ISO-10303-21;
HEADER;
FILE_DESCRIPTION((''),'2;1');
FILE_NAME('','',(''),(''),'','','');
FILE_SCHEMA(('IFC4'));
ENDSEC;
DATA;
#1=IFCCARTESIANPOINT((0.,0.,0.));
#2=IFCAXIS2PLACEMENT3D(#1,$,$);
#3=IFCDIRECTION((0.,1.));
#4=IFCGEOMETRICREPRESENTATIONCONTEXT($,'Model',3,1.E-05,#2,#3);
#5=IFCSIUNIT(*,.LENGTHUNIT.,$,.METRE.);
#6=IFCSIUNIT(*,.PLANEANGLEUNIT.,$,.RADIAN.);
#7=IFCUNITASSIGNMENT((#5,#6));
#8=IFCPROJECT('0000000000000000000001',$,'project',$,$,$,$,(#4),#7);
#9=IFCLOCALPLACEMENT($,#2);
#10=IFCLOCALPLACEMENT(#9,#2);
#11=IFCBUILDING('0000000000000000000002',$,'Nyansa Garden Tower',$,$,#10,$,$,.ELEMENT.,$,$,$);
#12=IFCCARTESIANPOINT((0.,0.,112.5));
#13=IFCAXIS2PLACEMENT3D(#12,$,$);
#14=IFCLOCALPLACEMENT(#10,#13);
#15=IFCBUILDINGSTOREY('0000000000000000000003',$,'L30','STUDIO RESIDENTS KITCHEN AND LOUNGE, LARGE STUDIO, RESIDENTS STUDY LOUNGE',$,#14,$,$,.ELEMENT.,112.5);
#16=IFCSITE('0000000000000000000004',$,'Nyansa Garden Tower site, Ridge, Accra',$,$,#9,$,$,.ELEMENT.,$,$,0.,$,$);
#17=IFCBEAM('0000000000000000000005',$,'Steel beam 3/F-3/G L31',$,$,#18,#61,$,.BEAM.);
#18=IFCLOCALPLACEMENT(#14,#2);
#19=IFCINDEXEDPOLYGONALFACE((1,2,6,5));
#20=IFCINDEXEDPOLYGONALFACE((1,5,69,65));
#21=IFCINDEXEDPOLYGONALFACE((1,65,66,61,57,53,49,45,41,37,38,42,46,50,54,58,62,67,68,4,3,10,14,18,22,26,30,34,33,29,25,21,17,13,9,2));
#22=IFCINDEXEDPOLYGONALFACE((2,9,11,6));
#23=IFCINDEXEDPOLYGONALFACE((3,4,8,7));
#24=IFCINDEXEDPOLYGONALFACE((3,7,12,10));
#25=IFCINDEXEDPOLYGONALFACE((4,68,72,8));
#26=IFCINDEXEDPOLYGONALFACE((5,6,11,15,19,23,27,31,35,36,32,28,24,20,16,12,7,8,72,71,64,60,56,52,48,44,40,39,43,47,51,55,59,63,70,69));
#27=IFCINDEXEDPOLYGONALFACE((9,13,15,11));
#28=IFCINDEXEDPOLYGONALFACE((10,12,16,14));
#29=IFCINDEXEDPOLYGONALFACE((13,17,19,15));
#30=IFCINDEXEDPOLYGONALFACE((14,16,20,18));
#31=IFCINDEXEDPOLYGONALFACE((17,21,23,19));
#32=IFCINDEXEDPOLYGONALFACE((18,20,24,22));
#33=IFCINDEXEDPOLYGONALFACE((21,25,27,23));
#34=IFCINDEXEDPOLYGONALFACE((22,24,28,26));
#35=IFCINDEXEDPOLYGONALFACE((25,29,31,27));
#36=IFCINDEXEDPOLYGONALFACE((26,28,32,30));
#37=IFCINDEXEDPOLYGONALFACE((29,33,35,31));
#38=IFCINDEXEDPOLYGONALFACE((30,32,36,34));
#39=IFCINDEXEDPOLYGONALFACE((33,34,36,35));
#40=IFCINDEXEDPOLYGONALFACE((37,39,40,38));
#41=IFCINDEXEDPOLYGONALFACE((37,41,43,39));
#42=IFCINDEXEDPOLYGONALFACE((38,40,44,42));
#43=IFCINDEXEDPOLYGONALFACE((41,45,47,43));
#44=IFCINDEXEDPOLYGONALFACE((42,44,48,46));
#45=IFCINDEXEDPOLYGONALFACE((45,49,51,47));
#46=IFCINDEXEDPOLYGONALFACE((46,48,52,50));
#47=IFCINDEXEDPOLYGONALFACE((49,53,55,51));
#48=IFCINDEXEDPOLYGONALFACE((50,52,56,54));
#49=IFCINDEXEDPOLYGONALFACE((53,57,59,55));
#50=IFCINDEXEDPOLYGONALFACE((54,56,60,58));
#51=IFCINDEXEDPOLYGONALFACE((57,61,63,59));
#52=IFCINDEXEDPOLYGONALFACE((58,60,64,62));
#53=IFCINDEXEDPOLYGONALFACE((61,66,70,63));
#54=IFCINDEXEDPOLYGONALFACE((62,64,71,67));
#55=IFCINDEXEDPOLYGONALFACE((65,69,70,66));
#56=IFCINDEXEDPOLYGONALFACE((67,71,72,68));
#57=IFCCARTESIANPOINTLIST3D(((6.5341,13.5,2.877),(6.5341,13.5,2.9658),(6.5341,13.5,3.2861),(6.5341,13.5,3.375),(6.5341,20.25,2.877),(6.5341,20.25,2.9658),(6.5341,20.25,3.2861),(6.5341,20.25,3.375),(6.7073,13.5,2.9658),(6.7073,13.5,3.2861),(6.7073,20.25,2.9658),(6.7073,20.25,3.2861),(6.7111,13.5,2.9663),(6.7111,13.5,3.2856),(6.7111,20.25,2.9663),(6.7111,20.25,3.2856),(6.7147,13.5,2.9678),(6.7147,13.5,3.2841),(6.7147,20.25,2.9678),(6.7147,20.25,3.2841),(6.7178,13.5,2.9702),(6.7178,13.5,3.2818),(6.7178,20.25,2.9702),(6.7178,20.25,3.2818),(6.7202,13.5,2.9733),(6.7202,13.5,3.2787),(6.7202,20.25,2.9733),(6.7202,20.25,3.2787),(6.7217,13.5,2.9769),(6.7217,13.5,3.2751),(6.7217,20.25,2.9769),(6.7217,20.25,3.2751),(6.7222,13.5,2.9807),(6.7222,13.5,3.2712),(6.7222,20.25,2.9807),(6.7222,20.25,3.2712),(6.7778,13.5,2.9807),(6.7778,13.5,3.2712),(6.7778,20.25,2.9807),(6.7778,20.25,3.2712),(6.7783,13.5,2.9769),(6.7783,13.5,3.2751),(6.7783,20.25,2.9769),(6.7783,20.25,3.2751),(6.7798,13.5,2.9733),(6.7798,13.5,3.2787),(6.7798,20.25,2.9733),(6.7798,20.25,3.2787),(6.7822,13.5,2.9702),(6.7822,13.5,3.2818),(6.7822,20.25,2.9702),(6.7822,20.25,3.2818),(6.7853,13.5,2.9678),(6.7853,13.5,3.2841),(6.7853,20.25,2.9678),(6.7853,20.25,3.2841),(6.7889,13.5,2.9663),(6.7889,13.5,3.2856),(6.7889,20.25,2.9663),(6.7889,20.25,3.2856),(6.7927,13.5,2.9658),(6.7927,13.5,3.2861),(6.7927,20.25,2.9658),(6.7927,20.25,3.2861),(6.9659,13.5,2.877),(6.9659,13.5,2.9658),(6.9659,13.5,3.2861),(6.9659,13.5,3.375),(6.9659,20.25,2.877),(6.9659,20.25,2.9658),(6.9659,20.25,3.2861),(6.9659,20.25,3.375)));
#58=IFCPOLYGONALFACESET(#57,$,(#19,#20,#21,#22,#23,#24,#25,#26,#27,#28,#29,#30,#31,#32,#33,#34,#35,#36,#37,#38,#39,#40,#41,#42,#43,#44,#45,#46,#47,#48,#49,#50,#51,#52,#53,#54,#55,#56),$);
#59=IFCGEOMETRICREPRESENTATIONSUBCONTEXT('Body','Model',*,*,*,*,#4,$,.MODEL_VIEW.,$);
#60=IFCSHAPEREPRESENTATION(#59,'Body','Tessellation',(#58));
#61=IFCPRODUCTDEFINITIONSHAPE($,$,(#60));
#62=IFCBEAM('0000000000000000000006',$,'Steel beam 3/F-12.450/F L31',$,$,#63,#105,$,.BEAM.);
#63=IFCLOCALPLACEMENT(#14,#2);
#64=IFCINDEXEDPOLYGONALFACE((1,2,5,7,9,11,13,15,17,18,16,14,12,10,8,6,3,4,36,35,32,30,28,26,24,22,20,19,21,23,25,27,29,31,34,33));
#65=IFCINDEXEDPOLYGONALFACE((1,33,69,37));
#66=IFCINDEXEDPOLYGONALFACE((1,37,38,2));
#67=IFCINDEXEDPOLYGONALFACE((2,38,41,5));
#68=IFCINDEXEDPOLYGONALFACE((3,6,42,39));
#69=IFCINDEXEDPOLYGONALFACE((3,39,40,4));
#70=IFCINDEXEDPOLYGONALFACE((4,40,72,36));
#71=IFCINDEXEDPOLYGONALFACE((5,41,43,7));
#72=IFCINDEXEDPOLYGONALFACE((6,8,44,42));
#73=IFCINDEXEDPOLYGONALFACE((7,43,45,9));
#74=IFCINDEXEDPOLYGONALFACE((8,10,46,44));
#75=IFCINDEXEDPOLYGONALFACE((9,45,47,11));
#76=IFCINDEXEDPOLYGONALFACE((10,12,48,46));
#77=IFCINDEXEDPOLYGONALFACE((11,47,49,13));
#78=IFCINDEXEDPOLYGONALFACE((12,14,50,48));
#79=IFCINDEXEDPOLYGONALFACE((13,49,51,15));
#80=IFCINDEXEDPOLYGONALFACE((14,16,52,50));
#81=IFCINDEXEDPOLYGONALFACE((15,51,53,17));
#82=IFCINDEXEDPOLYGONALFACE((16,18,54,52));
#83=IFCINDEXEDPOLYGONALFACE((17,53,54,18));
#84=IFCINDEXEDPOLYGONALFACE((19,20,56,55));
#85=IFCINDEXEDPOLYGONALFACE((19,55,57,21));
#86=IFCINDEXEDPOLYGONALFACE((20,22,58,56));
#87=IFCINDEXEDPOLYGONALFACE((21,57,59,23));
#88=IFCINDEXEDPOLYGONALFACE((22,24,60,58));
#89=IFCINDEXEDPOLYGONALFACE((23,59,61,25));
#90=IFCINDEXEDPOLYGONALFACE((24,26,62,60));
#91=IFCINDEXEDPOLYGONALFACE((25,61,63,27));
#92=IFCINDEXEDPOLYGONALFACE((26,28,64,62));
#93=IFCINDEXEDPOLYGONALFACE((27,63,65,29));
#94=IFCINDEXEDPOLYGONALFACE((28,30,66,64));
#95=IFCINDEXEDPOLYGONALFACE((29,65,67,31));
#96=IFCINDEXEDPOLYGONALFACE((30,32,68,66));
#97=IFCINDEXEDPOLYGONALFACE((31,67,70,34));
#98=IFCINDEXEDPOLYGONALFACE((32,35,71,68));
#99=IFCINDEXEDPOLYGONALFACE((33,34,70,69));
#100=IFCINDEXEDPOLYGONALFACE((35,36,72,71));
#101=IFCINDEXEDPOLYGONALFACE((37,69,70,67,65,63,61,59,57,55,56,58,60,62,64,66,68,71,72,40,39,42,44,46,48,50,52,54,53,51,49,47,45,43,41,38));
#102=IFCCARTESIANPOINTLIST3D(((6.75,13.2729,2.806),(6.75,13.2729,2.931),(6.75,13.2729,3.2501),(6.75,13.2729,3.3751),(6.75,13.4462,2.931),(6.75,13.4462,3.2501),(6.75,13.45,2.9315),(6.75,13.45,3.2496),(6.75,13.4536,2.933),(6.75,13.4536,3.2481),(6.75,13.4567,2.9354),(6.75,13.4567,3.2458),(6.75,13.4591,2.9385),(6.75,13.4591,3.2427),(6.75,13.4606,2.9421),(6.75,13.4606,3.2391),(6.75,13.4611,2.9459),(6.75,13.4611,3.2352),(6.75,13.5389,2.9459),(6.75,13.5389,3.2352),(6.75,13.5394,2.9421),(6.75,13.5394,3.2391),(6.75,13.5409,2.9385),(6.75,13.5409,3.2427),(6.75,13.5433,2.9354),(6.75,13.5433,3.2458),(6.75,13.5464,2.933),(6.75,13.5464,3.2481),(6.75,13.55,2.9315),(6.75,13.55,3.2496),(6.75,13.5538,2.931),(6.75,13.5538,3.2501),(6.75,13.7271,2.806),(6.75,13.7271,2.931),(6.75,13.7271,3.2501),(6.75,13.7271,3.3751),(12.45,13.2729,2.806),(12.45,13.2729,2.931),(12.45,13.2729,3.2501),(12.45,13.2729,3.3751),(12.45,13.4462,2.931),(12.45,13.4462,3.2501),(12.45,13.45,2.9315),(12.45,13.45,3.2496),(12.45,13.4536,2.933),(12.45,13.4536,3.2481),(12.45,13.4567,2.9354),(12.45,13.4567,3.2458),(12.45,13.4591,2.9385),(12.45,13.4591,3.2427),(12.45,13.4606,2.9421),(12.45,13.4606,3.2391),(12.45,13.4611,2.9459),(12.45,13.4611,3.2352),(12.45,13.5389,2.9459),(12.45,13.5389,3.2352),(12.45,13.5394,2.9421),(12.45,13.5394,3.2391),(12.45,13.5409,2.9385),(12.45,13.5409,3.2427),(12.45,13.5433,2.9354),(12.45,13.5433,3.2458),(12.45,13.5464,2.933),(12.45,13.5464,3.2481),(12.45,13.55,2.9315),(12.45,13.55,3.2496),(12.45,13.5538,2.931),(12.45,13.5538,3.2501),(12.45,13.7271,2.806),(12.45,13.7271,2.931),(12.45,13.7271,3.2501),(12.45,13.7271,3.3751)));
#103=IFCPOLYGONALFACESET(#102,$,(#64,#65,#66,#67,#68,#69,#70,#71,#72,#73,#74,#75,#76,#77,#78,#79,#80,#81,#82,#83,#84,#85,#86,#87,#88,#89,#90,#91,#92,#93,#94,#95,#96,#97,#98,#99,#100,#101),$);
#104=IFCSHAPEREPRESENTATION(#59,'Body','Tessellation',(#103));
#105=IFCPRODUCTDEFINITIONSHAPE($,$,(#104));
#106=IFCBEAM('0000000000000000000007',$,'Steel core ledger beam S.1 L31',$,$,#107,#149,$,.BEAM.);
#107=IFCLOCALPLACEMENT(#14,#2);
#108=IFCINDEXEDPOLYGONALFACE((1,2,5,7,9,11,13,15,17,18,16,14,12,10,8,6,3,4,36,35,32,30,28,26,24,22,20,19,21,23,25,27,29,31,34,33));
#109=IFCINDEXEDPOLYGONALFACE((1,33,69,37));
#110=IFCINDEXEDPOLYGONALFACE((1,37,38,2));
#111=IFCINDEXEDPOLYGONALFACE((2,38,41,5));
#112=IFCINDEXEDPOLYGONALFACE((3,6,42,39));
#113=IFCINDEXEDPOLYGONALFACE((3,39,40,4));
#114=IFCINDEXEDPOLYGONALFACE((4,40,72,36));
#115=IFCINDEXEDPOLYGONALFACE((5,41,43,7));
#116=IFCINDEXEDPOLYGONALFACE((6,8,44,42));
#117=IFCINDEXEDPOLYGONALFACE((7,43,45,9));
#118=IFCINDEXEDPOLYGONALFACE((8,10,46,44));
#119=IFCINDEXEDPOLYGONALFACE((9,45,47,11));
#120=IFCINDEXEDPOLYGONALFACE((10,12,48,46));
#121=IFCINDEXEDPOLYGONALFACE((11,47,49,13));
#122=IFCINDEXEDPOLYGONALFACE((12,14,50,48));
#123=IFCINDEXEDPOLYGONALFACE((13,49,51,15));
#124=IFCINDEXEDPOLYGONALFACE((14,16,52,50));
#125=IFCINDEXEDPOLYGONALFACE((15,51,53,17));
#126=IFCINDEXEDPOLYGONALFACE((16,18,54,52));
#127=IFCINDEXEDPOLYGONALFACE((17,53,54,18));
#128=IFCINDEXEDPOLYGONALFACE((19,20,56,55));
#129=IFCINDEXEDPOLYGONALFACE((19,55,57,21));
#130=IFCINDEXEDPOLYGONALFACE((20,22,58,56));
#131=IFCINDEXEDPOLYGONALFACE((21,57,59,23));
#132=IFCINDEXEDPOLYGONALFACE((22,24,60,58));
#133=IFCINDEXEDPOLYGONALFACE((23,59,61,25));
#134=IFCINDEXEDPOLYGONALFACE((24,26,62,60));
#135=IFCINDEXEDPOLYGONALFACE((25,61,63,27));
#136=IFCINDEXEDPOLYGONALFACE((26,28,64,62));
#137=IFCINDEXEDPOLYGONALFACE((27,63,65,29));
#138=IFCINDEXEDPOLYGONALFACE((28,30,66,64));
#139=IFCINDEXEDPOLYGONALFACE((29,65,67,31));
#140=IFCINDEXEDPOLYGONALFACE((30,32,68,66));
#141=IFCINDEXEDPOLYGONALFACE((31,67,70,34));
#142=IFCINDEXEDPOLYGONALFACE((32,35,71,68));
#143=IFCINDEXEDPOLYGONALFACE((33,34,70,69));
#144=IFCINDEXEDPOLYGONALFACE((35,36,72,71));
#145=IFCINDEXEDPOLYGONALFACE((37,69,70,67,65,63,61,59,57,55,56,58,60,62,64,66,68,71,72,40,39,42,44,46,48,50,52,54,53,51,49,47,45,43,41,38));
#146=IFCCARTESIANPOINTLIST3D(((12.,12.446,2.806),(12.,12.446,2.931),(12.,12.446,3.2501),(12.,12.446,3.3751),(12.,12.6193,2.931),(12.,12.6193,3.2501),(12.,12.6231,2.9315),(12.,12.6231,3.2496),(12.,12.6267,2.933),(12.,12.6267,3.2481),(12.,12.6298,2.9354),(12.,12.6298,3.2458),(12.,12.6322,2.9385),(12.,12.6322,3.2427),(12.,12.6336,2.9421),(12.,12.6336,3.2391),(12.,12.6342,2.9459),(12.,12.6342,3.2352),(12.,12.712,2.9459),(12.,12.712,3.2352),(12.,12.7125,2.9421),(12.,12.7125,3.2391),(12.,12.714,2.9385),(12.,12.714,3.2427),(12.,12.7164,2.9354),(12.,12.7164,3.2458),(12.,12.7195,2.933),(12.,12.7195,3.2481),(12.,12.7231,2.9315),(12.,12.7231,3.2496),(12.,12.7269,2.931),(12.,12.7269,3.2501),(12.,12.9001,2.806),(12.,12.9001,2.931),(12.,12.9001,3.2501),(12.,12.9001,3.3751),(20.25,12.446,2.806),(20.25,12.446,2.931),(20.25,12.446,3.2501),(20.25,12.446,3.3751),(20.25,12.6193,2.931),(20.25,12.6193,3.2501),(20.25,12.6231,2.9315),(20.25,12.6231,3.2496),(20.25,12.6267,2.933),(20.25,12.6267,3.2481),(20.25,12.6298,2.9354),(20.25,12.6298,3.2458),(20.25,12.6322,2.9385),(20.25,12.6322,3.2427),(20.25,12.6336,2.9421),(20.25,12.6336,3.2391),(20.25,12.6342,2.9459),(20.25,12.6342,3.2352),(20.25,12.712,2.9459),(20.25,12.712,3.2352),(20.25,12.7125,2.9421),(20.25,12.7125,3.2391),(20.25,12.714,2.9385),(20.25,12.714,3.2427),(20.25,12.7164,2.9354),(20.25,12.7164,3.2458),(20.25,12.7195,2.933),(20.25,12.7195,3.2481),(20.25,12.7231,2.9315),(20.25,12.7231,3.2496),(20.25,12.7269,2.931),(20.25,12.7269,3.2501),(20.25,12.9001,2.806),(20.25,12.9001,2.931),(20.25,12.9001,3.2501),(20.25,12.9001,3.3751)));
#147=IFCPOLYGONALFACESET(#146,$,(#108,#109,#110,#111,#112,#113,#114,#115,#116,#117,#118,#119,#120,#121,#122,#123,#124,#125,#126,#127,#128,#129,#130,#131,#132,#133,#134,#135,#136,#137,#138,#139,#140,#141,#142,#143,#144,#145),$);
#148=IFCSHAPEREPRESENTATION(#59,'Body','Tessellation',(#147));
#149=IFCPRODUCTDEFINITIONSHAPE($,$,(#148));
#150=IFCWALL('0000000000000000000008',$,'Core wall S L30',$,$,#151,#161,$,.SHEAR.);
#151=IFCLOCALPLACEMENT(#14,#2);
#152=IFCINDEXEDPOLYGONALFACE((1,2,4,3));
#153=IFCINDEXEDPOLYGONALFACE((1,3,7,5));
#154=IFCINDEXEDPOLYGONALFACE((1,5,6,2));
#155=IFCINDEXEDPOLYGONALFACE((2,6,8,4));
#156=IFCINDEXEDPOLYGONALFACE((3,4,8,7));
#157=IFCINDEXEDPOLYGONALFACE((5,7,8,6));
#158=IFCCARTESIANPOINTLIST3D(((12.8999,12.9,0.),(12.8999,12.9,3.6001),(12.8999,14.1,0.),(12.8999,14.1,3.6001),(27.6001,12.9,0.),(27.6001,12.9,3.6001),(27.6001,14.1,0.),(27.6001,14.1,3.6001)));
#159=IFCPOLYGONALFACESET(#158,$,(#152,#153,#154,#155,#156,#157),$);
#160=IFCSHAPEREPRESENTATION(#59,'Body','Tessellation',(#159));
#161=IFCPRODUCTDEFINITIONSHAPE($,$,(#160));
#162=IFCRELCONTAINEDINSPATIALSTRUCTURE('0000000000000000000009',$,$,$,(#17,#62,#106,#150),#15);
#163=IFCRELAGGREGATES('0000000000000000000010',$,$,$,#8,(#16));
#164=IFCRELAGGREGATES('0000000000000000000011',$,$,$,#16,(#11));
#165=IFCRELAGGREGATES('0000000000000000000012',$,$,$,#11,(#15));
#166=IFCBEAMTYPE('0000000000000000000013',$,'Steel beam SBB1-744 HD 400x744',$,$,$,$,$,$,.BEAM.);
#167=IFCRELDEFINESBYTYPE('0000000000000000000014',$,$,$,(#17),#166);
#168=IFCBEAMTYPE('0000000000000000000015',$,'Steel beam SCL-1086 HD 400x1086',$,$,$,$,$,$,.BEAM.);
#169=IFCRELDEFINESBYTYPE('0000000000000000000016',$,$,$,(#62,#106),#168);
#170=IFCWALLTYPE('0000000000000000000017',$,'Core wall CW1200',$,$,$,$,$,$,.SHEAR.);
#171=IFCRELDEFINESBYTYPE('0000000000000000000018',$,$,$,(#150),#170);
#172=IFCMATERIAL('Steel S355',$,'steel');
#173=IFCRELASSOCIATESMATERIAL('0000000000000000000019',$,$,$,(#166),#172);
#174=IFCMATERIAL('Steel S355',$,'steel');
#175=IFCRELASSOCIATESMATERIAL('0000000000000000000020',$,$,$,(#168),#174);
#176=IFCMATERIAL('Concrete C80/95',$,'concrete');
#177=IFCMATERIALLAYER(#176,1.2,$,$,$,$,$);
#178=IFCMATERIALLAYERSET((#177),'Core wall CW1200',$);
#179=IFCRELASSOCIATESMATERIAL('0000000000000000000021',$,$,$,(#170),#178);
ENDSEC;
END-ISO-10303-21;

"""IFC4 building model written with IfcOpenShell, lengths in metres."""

from ifc_helpers import new_model, si_unit, direction, frame, frame_2d, origin, origin_2d, place, context, subcontext, project, spatial, rectangle, i_section, extrude, material, layer, layer_set, material_profile, profile_set, type_object, element, save


model = new_model("IFC4")

# Units and contexts
model_context = context("Model", 3, precision=1e-05, world=origin(), true_north=direction((0.0, 1.0)))
body_context = subcontext(model_context, "Body", "Model", "MODEL_VIEW")
ifc_project = project(units=[si_unit("LENGTHUNIT", "METRE"), si_unit("PLANEANGLEUNIT", "RADIAN")], contexts=[model_context])

# Site, building, storey
site_placement = place(None, origin())
site = spatial("IfcSite", under=ifc_project, at=site_placement, Name="Nyansa Garden Tower site, Ridge, Accra", CompositionType="ELEMENT", RefElevation=0.0)
building_placement = place(site_placement, origin())
building = spatial("IfcBuilding", under=site, at=building_placement, Name="Nyansa Garden Tower", CompositionType="ELEMENT")
storey_placement = place(building_placement, frame((0.0, 0.0, 112.5)))
storey = spatial("IfcBuildingStorey", under=building, at=storey_placement, Name="L30", Description="STUDIO RESIDENTS KITCHEN AND LOUNGE, LARGE STUDIO, RESIDENTS STUDY LOUNGE", CompositionType="ELEMENT", Elevation=112.5)

# Beams
ifc_material_1 = material(Name="Steel S355", Category="steel")
ifc_material_profile_1 = material_profile(ifc_material_1, i_section(OverallWidth=0.4319, OverallDepth=0.498, WebThickness=0.0557, FlangeThickness=0.0889, FilletRadius=0.0149, at=origin_2d()), Name="HD 400x744")
ifc_profile_set_1 = profile_set([ifc_material_profile_1], Name="Steel S355")
beam_type_1 = type_object("IfcBeamType", Name="Steel beam SBB1-744 HD 400x744", PredefinedType="BEAM", material=ifc_profile_set_1)
beam_1_placement = place(storey_placement, frame((6.75, 13.5, 3.126), z_axis=(0.0, 1.0, 0.0), x_axis=(-1.0, 0.0, 0.0)))
element("IfcBeam", 1, at=beam_1_placement, inside=storey, type_object=beam_type_1, Name="Steel beam 3/F-3/G L31", PredefinedType="BEAM", context=body_context, shape_type="SweptSolid", body=[
    extrude(i_section(OverallWidth=0.4319, OverallDepth=0.498, WebThickness=0.0557, FlangeThickness=0.0889, FilletRadius=0.0149, at=origin_2d()), origin(), (0.0, 0.0, 1.0), 6.75),
])
ifc_material_2 = material(Name="Steel S355", Category="steel")
ifc_material_profile_2 = material_profile(ifc_material_2, i_section(OverallWidth=0.4541, OverallDepth=0.5691, WebThickness=0.0779, FlangeThickness=0.125, FilletRadius=0.0149, at=origin_2d()), Name="HD 400x1086")
ifc_profile_set_2 = profile_set([ifc_material_profile_2], Name="Steel S355")
beam_type_2 = type_object("IfcBeamType", Name="Steel beam SCL-1086 HD 400x1086", PredefinedType="BEAM", material=ifc_profile_set_2)
beam_2_placement = place(storey_placement, frame((6.75, 13.5, 3.0906), z_axis=(1.0, 0.0, 0.0), x_axis=(0.0, 1.0, 0.0)))
element("IfcBeam", 2, at=beam_2_placement, inside=storey, type_object=beam_type_2, Name="Steel beam 3/F-12.450/F L31", PredefinedType="BEAM", context=body_context, shape_type="SweptSolid", body=[
    extrude(i_section(OverallWidth=0.4541, OverallDepth=0.5691, WebThickness=0.0779, FlangeThickness=0.125, FilletRadius=0.0149, at=origin_2d()), origin(), (0.0, 0.0, 1.0), 5.7),
])
beam_3_placement = place(storey_placement, frame((12.0, 12.6731, 3.0906), z_axis=(1.0, 0.0, 0.0), x_axis=(0.0, 1.0, 0.0)))
element("IfcBeam", 3, at=beam_3_placement, inside=storey, type_object=beam_type_2, Name="Steel core ledger beam S.1 L31", PredefinedType="BEAM", context=body_context, shape_type="SweptSolid", body=[
    extrude(i_section(OverallWidth=0.4541, OverallDepth=0.5691, WebThickness=0.0779, FlangeThickness=0.125, FilletRadius=0.0149, at=origin_2d()), origin(), (0.0, 0.0, 1.0), 8.25),
])

# Wall
ifc_material_3 = material(Name="Concrete C80/95", Category="concrete")
ifc_layer_1 = layer(ifc_material_3, 1.2)
ifc_layer_set_1 = layer_set([ifc_layer_1], Name="Core wall CW1200")
wall_type_1 = type_object("IfcWallType", Name="Core wall CW1200", PredefinedType="SHEAR", material=ifc_layer_set_1)
wall_1_placement = place(storey_placement, frame((12.8999, 13.5, 0.0), z_axis=(0.0, 0.0, 1.0), x_axis=(1.0, 0.0, 0.0)))
element("IfcWall", 4, at=wall_1_placement, inside=storey, type_object=wall_type_1, Name="Core wall S L30", PredefinedType="SHEAR", context=body_context, shape_type="SweptSolid", body=[
    extrude(rectangle(XDim=14.7002, YDim=1.2, at=frame_2d((7.3501, 0.0))), origin(), (0.0, 0.0, 1.0), 3.6001),
])

save(model, "model.ifc")
